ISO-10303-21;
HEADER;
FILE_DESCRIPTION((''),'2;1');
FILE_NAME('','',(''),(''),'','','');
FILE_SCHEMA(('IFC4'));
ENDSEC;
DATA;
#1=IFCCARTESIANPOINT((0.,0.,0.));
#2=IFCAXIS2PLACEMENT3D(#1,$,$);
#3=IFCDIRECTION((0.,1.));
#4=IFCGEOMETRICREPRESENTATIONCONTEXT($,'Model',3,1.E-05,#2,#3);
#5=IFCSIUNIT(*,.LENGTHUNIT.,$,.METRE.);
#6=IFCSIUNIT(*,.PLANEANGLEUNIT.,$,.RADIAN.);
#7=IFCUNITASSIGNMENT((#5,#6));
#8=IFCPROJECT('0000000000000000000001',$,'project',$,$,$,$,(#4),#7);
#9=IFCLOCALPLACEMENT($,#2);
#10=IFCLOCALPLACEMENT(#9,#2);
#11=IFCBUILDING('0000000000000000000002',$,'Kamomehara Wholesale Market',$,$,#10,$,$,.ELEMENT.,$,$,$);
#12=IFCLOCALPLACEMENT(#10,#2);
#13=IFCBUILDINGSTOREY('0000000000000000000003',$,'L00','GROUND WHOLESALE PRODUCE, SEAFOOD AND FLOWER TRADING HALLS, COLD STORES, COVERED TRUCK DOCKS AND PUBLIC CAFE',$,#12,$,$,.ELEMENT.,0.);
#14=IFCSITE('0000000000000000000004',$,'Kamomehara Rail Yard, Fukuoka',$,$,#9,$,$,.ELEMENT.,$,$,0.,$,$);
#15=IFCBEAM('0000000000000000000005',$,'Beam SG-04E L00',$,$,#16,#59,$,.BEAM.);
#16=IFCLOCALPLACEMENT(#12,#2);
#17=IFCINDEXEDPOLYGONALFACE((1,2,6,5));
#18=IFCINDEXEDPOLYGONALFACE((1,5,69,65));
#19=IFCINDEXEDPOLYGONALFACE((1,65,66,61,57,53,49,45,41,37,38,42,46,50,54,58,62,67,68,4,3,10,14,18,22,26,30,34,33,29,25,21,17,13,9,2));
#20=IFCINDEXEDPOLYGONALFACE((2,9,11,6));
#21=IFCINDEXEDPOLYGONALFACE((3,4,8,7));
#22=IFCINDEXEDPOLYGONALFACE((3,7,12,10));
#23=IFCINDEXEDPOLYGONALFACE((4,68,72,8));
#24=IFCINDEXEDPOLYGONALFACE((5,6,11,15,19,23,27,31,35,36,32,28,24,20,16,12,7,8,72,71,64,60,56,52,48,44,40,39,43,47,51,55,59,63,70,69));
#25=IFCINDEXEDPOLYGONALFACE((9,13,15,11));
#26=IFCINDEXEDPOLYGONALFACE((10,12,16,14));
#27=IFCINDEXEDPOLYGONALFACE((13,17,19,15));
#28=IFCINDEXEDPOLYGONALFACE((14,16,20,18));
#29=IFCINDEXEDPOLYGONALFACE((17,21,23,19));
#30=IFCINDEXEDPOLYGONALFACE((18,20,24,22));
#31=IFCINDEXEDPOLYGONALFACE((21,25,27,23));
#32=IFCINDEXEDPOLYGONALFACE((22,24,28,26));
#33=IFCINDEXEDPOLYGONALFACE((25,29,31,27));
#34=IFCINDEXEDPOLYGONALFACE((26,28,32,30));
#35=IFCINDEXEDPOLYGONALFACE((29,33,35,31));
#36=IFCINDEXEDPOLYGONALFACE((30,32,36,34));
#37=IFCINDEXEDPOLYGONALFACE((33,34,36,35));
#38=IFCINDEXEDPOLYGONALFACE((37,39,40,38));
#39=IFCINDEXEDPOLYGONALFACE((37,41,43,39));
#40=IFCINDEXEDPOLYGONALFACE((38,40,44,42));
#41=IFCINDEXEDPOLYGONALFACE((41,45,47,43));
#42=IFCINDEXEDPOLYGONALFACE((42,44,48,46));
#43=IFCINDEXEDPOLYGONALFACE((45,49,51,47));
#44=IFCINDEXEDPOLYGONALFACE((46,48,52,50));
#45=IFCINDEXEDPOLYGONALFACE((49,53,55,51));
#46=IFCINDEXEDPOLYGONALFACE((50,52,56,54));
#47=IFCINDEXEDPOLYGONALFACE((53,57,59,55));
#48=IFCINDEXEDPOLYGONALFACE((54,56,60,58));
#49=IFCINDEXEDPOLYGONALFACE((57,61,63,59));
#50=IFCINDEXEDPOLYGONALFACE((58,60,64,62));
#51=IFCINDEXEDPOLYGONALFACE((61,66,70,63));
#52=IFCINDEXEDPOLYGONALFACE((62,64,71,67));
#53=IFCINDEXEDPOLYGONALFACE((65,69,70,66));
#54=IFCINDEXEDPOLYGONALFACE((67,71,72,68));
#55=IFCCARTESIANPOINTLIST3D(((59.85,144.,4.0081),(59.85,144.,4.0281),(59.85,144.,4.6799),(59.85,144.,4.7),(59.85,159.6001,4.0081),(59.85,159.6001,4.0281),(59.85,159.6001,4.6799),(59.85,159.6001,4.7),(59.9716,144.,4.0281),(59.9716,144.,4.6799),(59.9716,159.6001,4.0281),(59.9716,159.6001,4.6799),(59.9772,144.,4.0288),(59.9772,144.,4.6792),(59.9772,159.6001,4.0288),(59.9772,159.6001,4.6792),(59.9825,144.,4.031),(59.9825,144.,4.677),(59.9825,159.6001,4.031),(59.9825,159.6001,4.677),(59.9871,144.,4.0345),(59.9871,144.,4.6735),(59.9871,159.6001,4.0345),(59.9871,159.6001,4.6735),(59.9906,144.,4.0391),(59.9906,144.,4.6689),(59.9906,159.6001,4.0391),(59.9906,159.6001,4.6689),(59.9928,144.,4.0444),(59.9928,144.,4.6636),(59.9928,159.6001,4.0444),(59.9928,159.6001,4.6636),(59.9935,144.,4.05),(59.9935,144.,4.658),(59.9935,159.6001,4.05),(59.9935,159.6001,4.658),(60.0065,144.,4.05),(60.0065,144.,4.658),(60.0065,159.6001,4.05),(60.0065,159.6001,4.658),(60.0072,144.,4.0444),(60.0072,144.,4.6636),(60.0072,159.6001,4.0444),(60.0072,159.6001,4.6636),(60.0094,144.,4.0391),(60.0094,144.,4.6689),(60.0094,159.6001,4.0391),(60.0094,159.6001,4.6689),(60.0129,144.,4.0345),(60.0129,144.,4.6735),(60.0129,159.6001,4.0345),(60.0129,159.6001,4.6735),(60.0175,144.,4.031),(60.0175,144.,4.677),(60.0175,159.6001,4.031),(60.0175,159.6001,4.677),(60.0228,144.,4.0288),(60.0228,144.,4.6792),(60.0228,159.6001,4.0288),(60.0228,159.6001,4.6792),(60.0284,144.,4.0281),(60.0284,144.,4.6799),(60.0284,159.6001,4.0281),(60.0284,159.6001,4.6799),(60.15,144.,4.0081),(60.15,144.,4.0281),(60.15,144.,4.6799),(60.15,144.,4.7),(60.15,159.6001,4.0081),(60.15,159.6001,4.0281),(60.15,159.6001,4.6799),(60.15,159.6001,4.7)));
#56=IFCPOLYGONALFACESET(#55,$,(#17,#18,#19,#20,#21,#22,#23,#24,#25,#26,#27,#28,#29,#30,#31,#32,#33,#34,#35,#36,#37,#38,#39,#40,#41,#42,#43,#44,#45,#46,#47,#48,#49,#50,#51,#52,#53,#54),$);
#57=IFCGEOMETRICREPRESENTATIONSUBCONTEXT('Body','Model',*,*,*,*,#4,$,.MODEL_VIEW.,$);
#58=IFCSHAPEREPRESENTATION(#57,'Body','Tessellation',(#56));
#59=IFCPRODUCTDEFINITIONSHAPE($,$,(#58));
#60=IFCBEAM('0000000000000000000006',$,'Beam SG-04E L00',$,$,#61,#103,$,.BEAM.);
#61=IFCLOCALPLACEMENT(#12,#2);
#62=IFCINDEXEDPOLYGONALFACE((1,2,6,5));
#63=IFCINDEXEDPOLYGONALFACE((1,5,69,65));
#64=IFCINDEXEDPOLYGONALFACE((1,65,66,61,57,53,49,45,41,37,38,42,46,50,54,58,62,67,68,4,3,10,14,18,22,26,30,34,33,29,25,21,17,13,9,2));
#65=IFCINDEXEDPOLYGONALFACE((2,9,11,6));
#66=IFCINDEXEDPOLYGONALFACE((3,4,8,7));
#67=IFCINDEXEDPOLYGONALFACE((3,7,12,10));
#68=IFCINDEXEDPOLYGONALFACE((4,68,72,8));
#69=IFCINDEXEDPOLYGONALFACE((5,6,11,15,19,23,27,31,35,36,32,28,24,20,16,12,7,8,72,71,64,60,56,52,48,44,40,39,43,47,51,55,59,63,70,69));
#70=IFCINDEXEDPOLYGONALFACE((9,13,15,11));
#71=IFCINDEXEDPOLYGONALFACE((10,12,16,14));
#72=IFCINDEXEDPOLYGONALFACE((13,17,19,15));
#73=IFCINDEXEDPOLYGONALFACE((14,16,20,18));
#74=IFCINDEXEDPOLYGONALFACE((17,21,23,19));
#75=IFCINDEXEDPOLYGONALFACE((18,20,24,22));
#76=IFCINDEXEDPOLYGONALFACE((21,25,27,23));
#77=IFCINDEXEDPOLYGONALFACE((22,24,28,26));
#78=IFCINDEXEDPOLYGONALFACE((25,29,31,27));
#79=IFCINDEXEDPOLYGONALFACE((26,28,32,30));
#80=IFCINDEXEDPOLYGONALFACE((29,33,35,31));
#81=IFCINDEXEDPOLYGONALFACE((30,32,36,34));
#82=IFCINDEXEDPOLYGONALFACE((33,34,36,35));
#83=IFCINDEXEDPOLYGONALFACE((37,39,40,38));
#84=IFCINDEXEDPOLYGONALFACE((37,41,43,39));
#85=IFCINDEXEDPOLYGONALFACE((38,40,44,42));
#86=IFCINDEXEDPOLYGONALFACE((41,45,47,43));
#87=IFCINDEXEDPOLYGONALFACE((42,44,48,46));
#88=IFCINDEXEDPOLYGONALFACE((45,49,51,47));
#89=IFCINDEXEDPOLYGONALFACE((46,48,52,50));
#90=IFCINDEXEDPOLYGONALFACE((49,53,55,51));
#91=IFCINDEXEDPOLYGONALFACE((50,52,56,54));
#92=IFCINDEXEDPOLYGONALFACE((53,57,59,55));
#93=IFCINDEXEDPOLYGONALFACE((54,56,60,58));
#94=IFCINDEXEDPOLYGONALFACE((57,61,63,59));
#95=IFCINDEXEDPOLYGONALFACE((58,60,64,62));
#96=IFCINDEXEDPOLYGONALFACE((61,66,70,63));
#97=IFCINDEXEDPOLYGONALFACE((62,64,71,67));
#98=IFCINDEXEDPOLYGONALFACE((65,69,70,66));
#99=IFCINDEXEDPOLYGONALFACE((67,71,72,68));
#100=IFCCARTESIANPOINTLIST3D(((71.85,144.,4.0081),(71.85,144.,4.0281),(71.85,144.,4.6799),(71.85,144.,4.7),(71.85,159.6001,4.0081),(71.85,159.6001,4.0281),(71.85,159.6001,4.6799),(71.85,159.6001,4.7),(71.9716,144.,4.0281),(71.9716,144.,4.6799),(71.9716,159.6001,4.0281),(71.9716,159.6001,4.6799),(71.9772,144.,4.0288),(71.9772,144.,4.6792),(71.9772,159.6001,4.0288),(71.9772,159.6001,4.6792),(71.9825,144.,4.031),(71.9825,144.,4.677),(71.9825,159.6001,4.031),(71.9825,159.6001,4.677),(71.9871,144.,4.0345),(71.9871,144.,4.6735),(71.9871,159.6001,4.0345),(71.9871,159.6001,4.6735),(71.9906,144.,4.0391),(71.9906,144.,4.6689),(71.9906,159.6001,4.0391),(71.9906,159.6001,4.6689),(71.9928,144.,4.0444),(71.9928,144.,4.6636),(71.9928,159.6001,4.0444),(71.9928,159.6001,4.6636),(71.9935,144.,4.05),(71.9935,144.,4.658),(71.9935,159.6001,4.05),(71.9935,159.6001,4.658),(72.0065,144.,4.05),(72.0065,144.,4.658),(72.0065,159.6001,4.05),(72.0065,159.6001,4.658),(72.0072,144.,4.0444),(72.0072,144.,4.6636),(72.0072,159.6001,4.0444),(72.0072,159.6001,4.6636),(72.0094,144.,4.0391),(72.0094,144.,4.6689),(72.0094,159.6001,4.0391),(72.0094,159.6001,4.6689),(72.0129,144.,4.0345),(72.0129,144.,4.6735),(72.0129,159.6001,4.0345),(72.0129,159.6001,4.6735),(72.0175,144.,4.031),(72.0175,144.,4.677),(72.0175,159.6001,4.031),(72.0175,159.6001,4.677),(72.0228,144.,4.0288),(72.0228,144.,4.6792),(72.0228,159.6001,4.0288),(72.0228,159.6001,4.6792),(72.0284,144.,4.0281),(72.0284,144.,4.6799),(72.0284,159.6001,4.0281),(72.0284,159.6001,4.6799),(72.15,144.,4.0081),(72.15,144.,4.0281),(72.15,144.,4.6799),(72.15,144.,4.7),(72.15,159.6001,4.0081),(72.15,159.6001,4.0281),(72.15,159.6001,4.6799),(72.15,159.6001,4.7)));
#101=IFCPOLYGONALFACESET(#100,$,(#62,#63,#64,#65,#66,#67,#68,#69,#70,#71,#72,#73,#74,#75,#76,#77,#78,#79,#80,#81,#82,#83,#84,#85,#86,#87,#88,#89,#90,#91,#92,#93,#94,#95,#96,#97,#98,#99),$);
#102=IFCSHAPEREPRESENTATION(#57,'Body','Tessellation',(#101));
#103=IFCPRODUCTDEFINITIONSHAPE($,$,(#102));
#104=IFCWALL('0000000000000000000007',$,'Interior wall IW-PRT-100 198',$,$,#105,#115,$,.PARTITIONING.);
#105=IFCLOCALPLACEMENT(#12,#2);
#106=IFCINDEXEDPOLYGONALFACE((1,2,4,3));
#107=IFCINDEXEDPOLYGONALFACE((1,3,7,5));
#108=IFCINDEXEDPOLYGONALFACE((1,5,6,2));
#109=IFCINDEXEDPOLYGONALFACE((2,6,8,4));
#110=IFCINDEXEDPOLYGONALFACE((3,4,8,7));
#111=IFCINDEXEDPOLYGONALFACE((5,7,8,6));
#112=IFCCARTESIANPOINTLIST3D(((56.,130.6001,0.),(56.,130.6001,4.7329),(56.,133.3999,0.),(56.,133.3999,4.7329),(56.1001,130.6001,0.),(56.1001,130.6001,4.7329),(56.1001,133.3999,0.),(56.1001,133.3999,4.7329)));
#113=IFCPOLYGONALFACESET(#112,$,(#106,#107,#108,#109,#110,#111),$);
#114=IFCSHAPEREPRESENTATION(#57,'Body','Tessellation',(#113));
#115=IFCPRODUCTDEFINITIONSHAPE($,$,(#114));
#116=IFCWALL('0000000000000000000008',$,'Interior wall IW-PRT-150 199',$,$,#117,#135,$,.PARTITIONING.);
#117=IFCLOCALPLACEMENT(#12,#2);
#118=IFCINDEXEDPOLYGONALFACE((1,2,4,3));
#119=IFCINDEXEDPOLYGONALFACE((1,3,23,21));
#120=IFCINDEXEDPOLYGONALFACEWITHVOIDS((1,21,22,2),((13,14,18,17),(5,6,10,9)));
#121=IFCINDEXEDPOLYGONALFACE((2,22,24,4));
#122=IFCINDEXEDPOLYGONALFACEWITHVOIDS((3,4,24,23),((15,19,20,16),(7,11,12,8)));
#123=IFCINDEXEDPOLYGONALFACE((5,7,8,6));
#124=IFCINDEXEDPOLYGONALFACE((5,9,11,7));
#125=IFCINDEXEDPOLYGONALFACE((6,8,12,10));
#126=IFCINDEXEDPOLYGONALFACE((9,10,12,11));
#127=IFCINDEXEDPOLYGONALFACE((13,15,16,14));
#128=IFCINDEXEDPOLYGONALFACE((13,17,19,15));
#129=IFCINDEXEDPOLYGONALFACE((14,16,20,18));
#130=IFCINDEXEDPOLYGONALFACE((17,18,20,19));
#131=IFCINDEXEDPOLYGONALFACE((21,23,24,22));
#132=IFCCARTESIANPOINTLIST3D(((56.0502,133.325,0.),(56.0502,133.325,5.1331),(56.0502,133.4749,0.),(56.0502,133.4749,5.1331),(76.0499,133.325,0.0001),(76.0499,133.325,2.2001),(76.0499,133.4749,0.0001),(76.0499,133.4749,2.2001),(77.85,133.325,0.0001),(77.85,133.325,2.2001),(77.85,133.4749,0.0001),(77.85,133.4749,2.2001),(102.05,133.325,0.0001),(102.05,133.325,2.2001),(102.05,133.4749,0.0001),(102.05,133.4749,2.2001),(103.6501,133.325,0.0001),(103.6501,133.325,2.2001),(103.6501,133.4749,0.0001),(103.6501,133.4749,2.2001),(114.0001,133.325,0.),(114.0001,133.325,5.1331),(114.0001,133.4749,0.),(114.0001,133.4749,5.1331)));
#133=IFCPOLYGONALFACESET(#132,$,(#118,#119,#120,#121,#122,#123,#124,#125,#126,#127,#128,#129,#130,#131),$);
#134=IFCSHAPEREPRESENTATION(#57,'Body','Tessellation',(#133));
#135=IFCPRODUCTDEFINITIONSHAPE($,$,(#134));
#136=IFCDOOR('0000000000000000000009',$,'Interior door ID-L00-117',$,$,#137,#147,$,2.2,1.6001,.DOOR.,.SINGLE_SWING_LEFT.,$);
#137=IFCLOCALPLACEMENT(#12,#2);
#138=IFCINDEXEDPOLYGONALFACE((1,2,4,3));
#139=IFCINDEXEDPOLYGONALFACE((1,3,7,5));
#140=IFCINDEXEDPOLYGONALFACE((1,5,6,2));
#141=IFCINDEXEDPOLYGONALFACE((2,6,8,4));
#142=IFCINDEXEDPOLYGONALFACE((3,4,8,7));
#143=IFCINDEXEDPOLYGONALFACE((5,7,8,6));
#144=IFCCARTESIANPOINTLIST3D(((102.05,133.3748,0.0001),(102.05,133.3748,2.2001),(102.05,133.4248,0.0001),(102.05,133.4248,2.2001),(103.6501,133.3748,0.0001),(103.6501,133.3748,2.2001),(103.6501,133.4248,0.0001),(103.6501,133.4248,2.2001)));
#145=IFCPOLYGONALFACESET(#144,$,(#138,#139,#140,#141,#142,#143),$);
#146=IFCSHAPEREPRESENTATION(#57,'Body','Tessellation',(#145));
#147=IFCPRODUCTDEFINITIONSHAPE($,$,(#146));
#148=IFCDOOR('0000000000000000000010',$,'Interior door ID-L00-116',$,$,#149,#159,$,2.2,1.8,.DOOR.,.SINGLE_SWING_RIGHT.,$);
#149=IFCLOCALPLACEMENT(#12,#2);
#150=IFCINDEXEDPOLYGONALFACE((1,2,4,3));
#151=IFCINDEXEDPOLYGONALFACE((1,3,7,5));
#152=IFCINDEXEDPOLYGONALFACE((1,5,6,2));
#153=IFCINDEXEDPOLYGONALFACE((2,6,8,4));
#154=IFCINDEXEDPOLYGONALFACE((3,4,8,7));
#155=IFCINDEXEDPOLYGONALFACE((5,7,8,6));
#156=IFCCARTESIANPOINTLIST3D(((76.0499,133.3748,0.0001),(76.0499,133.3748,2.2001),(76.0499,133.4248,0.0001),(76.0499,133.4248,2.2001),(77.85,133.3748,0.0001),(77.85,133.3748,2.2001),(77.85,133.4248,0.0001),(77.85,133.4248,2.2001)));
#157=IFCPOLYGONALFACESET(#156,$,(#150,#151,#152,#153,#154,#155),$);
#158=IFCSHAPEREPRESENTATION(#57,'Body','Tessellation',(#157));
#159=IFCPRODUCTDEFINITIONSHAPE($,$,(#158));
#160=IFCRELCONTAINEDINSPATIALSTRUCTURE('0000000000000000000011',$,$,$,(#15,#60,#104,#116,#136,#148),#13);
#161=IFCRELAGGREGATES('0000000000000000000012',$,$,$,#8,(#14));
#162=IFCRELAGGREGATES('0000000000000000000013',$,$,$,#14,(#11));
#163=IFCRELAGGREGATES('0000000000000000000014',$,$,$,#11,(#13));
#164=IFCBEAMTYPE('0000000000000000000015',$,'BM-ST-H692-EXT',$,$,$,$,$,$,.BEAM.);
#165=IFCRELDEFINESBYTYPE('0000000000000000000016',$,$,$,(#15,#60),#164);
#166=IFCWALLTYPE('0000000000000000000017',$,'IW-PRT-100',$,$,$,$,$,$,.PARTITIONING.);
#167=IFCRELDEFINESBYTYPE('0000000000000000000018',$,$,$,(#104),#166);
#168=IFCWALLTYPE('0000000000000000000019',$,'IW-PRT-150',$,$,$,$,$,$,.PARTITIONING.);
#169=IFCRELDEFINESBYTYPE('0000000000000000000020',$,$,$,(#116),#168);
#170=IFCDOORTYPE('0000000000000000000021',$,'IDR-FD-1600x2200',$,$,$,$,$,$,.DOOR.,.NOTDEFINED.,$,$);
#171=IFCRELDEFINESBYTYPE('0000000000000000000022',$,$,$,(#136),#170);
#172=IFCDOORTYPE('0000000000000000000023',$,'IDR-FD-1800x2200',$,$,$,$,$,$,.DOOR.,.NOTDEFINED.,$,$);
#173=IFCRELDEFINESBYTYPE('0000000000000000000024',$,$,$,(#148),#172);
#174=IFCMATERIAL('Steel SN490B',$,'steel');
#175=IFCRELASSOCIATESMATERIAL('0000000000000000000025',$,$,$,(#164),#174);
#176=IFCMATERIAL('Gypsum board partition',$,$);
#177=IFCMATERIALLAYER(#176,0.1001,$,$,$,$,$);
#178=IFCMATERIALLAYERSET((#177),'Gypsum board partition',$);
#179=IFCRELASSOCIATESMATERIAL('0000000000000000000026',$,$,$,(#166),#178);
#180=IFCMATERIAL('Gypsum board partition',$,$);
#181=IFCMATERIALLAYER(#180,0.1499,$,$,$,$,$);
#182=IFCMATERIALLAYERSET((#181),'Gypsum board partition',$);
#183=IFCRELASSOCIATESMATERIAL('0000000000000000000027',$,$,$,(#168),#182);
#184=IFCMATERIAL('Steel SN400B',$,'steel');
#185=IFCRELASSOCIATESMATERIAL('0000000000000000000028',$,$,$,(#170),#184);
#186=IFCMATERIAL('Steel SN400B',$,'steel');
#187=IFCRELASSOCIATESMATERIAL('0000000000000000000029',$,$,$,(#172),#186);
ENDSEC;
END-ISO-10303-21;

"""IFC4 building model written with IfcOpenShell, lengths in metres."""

from ifc_helpers import new_model, si_unit, direction, frame, frame_2d, origin, origin_2d, place, context, subcontext, project, spatial, rectangle, i_section, extrude, material, layer, layer_set, material_profile, profile_set, type_object, element, fill, save


model = new_model("IFC4")

# Units and contexts
model_context = context("Model", 3, precision=1e-05, world=origin(), true_north=direction((0.0, 1.0)))
body_context = subcontext(model_context, "Body", "Model", "MODEL_VIEW")
ifc_project = project(units=[si_unit("LENGTHUNIT", "METRE"), si_unit("PLANEANGLEUNIT", "RADIAN")], contexts=[model_context])

# Site, building, storey
site_placement = place(None, origin())
site = spatial("IfcSite", under=ifc_project, at=site_placement, Name="Kamomehara Rail Yard, Fukuoka", CompositionType="ELEMENT", RefElevation=0.0)
building_placement = place(site_placement, origin())
building = spatial("IfcBuilding", under=site, at=building_placement, Name="Kamomehara Wholesale Market", CompositionType="ELEMENT")
storey_placement = place(building_placement, origin())
storey = spatial("IfcBuildingStorey", under=building, at=storey_placement, Name="L00", Description="GROUND WHOLESALE PRODUCE, SEAFOOD AND FLOWER TRADING HALLS, COLD STORES, COVERED TRUCK DOCKS AND PUBLIC CAFE", CompositionType="ELEMENT", Elevation=0.0)

# Beams
ifc_material_1 = material(Name="Steel SN490B", Category="steel")
ifc_material_profile_1 = material_profile(ifc_material_1, i_section(OverallWidth=0.3, OverallDepth=0.6919, WebThickness=0.0129, FlangeThickness=0.02, FilletRadius=0.022, at=origin_2d()), Name="H-692x300x13x20")
ifc_profile_set_1 = profile_set([ifc_material_profile_1], Name="Steel SN490B")
beam_type = type_object("IfcBeamType", Name="BM-ST-H692-EXT", PredefinedType="BEAM", material=ifc_profile_set_1)
for number, where, z_axis, x_axis, name in (
    (1, (60.0, 144.0, 4.354), (0.0, 1.0, 0.0), (-1.0, 0.0, 0.0), "Beam SG-04E L00"),
    (2, (72.0, 144.0, 4.354), (0.0, 1.0, 0.0), (-1.0, 0.0, 0.0), "Beam SG-04E L00"),
):
    element("IfcBeam", number, at=place(storey_placement, frame(where, z_axis=z_axis, x_axis=x_axis)), inside=storey, type_object=beam_type, Name=name, PredefinedType="BEAM", context=body_context, shape_type="SweptSolid", body=[
        extrude(i_section(OverallWidth=0.3, OverallDepth=0.6919, WebThickness=0.0129, FlangeThickness=0.02, FilletRadius=0.022, at=origin_2d()), origin(), (0.0, 0.0, 1.0), 15.6001),
    ])

# Wall
ifc_material_2 = material(Name="Gypsum board partition")
ifc_layer_1 = layer(ifc_material_2, 0.1001)
ifc_layer_set_1 = layer_set([ifc_layer_1], Name="Gypsum board partition")
wall_type_1 = type_object("IfcWallType", Name="IW-PRT-100", PredefinedType="PARTITIONING", material=ifc_layer_set_1)
wall_1_placement = place(storey_placement, frame((56.05, 130.6001, 0.0), z_axis=(0.0, 0.0, 1.0), x_axis=(0.0, 1.0, 0.0)))
element("IfcWall", 3, at=wall_1_placement, inside=storey, type_object=wall_type_1, Name="Interior wall IW-PRT-100 198", PredefinedType="PARTITIONING", context=body_context, shape_type="SweptSolid", body=[
    extrude(rectangle(XDim=2.7998, YDim=0.1001, at=frame_2d((1.3999, 0.0))), origin(), (0.0, 0.0, 1.0), 4.7329),
])

# Wall, openings, doors
ifc_material_3 = material(Name="Gypsum board partition")
ifc_layer_2 = layer(ifc_material_3, 0.1499)
ifc_layer_set_2 = layer_set([ifc_layer_2], Name="Gypsum board partition")
wall_type_2 = type_object("IfcWallType", Name="IW-PRT-150", PredefinedType="PARTITIONING", material=ifc_layer_set_2)
wall_2_placement = place(storey_placement, frame((56.05, 133.3999, 0.0), z_axis=(0.0, 0.0, 1.0), x_axis=(1.0, 0.0, 0.0)))
wall_2 = element("IfcWall", 4, at=wall_2_placement, inside=storey, type_object=wall_type_2, Name="Interior wall IW-PRT-150 199", PredefinedType="PARTITIONING", context=body_context, shape_type="SweptSolid", body=[
    extrude(rectangle(XDim=57.95, YDim=0.1499, at=frame_2d((28.9751, 0.0))), origin(), (0.0, 0.0, 1.0), 5.1331),
])
opening_1_placement = place(wall_2_placement, frame((20.0, 0.0, 0.0)))
opening_1 = element("IfcOpeningElement", 5, at=opening_1_placement, cuts=wall_2, PredefinedType="OPENING", context=body_context, shape_type="SweptSolid", body=[
    extrude(rectangle(XDim=1.8, YDim=2.2, at=frame_2d((0.8999, 1.1001))), frame((0.0, 0.0898, 0.0), z_axis=(0.0, -1.0, 0.0), x_axis=(1.0, 0.0, 0.0)), (0.0, 0.0, 1.0), 0.1797),
])
opening_2_placement = place(wall_2_placement, frame((46.0, 0.0, 0.0)))
opening_2 = element("IfcOpeningElement", 6, at=opening_2_placement, cuts=wall_2, PredefinedType="OPENING", context=body_context, shape_type="SweptSolid", body=[
    extrude(rectangle(XDim=1.6001, YDim=2.2, at=frame_2d((0.8, 1.1001))), frame((0.0, 0.0898, 0.0), z_axis=(0.0, -1.0, 0.0), x_axis=(1.0, 0.0, 0.0)), (0.0, 0.0, 1.0), 0.1797),
])
ifc_material_4 = material(Name="Steel SN400B", Category="steel")
door_type_1 = type_object("IfcDoorType", Name="IDR-FD-1600x2200", OperationType="NOTDEFINED", PredefinedType="DOOR", material=ifc_material_4)
door_1_placement = place(opening_2_placement, origin())
door_1 = element("IfcDoor", 7, at=door_1_placement, inside=storey, type_object=door_type_1, Name="Interior door ID-L00-117", OperationType="SINGLE_SWING_LEFT", OverallHeight=2.2, OverallWidth=1.6001, PredefinedType="DOOR", context=body_context, shape_type="SweptSolid", body=[
    extrude(rectangle(XDim=1.6001, YDim=2.2, at=frame_2d((0.8, 1.1001))), frame((0.0, 0.0249, 0.0), z_axis=(0.0, -1.0, 0.0), x_axis=(1.0, 0.0, 0.0)), (0.0, 0.0, 1.0), 0.05),
])
fill(opening_2, door_1)
ifc_material_5 = material(Name="Steel SN400B", Category="steel")
door_type_2 = type_object("IfcDoorType", Name="IDR-FD-1800x2200", OperationType="NOTDEFINED", PredefinedType="DOOR", material=ifc_material_5)
door_2_placement = place(opening_1_placement, origin())
door_2 = element("IfcDoor", 8, at=door_2_placement, inside=storey, type_object=door_type_2, Name="Interior door ID-L00-116", OperationType="SINGLE_SWING_RIGHT", OverallHeight=2.2, OverallWidth=1.8, PredefinedType="DOOR", context=body_context, shape_type="SweptSolid", body=[
    extrude(rectangle(XDim=1.8, YDim=2.2, at=frame_2d((0.8999, 1.1001))), frame((0.0, 0.0249, 0.0), z_axis=(0.0, -1.0, 0.0), x_axis=(1.0, 0.0, 0.0)), (0.0, 0.0, 1.0), 0.05),
])
fill(opening_1, door_2)

save(model, "model.ifc")
